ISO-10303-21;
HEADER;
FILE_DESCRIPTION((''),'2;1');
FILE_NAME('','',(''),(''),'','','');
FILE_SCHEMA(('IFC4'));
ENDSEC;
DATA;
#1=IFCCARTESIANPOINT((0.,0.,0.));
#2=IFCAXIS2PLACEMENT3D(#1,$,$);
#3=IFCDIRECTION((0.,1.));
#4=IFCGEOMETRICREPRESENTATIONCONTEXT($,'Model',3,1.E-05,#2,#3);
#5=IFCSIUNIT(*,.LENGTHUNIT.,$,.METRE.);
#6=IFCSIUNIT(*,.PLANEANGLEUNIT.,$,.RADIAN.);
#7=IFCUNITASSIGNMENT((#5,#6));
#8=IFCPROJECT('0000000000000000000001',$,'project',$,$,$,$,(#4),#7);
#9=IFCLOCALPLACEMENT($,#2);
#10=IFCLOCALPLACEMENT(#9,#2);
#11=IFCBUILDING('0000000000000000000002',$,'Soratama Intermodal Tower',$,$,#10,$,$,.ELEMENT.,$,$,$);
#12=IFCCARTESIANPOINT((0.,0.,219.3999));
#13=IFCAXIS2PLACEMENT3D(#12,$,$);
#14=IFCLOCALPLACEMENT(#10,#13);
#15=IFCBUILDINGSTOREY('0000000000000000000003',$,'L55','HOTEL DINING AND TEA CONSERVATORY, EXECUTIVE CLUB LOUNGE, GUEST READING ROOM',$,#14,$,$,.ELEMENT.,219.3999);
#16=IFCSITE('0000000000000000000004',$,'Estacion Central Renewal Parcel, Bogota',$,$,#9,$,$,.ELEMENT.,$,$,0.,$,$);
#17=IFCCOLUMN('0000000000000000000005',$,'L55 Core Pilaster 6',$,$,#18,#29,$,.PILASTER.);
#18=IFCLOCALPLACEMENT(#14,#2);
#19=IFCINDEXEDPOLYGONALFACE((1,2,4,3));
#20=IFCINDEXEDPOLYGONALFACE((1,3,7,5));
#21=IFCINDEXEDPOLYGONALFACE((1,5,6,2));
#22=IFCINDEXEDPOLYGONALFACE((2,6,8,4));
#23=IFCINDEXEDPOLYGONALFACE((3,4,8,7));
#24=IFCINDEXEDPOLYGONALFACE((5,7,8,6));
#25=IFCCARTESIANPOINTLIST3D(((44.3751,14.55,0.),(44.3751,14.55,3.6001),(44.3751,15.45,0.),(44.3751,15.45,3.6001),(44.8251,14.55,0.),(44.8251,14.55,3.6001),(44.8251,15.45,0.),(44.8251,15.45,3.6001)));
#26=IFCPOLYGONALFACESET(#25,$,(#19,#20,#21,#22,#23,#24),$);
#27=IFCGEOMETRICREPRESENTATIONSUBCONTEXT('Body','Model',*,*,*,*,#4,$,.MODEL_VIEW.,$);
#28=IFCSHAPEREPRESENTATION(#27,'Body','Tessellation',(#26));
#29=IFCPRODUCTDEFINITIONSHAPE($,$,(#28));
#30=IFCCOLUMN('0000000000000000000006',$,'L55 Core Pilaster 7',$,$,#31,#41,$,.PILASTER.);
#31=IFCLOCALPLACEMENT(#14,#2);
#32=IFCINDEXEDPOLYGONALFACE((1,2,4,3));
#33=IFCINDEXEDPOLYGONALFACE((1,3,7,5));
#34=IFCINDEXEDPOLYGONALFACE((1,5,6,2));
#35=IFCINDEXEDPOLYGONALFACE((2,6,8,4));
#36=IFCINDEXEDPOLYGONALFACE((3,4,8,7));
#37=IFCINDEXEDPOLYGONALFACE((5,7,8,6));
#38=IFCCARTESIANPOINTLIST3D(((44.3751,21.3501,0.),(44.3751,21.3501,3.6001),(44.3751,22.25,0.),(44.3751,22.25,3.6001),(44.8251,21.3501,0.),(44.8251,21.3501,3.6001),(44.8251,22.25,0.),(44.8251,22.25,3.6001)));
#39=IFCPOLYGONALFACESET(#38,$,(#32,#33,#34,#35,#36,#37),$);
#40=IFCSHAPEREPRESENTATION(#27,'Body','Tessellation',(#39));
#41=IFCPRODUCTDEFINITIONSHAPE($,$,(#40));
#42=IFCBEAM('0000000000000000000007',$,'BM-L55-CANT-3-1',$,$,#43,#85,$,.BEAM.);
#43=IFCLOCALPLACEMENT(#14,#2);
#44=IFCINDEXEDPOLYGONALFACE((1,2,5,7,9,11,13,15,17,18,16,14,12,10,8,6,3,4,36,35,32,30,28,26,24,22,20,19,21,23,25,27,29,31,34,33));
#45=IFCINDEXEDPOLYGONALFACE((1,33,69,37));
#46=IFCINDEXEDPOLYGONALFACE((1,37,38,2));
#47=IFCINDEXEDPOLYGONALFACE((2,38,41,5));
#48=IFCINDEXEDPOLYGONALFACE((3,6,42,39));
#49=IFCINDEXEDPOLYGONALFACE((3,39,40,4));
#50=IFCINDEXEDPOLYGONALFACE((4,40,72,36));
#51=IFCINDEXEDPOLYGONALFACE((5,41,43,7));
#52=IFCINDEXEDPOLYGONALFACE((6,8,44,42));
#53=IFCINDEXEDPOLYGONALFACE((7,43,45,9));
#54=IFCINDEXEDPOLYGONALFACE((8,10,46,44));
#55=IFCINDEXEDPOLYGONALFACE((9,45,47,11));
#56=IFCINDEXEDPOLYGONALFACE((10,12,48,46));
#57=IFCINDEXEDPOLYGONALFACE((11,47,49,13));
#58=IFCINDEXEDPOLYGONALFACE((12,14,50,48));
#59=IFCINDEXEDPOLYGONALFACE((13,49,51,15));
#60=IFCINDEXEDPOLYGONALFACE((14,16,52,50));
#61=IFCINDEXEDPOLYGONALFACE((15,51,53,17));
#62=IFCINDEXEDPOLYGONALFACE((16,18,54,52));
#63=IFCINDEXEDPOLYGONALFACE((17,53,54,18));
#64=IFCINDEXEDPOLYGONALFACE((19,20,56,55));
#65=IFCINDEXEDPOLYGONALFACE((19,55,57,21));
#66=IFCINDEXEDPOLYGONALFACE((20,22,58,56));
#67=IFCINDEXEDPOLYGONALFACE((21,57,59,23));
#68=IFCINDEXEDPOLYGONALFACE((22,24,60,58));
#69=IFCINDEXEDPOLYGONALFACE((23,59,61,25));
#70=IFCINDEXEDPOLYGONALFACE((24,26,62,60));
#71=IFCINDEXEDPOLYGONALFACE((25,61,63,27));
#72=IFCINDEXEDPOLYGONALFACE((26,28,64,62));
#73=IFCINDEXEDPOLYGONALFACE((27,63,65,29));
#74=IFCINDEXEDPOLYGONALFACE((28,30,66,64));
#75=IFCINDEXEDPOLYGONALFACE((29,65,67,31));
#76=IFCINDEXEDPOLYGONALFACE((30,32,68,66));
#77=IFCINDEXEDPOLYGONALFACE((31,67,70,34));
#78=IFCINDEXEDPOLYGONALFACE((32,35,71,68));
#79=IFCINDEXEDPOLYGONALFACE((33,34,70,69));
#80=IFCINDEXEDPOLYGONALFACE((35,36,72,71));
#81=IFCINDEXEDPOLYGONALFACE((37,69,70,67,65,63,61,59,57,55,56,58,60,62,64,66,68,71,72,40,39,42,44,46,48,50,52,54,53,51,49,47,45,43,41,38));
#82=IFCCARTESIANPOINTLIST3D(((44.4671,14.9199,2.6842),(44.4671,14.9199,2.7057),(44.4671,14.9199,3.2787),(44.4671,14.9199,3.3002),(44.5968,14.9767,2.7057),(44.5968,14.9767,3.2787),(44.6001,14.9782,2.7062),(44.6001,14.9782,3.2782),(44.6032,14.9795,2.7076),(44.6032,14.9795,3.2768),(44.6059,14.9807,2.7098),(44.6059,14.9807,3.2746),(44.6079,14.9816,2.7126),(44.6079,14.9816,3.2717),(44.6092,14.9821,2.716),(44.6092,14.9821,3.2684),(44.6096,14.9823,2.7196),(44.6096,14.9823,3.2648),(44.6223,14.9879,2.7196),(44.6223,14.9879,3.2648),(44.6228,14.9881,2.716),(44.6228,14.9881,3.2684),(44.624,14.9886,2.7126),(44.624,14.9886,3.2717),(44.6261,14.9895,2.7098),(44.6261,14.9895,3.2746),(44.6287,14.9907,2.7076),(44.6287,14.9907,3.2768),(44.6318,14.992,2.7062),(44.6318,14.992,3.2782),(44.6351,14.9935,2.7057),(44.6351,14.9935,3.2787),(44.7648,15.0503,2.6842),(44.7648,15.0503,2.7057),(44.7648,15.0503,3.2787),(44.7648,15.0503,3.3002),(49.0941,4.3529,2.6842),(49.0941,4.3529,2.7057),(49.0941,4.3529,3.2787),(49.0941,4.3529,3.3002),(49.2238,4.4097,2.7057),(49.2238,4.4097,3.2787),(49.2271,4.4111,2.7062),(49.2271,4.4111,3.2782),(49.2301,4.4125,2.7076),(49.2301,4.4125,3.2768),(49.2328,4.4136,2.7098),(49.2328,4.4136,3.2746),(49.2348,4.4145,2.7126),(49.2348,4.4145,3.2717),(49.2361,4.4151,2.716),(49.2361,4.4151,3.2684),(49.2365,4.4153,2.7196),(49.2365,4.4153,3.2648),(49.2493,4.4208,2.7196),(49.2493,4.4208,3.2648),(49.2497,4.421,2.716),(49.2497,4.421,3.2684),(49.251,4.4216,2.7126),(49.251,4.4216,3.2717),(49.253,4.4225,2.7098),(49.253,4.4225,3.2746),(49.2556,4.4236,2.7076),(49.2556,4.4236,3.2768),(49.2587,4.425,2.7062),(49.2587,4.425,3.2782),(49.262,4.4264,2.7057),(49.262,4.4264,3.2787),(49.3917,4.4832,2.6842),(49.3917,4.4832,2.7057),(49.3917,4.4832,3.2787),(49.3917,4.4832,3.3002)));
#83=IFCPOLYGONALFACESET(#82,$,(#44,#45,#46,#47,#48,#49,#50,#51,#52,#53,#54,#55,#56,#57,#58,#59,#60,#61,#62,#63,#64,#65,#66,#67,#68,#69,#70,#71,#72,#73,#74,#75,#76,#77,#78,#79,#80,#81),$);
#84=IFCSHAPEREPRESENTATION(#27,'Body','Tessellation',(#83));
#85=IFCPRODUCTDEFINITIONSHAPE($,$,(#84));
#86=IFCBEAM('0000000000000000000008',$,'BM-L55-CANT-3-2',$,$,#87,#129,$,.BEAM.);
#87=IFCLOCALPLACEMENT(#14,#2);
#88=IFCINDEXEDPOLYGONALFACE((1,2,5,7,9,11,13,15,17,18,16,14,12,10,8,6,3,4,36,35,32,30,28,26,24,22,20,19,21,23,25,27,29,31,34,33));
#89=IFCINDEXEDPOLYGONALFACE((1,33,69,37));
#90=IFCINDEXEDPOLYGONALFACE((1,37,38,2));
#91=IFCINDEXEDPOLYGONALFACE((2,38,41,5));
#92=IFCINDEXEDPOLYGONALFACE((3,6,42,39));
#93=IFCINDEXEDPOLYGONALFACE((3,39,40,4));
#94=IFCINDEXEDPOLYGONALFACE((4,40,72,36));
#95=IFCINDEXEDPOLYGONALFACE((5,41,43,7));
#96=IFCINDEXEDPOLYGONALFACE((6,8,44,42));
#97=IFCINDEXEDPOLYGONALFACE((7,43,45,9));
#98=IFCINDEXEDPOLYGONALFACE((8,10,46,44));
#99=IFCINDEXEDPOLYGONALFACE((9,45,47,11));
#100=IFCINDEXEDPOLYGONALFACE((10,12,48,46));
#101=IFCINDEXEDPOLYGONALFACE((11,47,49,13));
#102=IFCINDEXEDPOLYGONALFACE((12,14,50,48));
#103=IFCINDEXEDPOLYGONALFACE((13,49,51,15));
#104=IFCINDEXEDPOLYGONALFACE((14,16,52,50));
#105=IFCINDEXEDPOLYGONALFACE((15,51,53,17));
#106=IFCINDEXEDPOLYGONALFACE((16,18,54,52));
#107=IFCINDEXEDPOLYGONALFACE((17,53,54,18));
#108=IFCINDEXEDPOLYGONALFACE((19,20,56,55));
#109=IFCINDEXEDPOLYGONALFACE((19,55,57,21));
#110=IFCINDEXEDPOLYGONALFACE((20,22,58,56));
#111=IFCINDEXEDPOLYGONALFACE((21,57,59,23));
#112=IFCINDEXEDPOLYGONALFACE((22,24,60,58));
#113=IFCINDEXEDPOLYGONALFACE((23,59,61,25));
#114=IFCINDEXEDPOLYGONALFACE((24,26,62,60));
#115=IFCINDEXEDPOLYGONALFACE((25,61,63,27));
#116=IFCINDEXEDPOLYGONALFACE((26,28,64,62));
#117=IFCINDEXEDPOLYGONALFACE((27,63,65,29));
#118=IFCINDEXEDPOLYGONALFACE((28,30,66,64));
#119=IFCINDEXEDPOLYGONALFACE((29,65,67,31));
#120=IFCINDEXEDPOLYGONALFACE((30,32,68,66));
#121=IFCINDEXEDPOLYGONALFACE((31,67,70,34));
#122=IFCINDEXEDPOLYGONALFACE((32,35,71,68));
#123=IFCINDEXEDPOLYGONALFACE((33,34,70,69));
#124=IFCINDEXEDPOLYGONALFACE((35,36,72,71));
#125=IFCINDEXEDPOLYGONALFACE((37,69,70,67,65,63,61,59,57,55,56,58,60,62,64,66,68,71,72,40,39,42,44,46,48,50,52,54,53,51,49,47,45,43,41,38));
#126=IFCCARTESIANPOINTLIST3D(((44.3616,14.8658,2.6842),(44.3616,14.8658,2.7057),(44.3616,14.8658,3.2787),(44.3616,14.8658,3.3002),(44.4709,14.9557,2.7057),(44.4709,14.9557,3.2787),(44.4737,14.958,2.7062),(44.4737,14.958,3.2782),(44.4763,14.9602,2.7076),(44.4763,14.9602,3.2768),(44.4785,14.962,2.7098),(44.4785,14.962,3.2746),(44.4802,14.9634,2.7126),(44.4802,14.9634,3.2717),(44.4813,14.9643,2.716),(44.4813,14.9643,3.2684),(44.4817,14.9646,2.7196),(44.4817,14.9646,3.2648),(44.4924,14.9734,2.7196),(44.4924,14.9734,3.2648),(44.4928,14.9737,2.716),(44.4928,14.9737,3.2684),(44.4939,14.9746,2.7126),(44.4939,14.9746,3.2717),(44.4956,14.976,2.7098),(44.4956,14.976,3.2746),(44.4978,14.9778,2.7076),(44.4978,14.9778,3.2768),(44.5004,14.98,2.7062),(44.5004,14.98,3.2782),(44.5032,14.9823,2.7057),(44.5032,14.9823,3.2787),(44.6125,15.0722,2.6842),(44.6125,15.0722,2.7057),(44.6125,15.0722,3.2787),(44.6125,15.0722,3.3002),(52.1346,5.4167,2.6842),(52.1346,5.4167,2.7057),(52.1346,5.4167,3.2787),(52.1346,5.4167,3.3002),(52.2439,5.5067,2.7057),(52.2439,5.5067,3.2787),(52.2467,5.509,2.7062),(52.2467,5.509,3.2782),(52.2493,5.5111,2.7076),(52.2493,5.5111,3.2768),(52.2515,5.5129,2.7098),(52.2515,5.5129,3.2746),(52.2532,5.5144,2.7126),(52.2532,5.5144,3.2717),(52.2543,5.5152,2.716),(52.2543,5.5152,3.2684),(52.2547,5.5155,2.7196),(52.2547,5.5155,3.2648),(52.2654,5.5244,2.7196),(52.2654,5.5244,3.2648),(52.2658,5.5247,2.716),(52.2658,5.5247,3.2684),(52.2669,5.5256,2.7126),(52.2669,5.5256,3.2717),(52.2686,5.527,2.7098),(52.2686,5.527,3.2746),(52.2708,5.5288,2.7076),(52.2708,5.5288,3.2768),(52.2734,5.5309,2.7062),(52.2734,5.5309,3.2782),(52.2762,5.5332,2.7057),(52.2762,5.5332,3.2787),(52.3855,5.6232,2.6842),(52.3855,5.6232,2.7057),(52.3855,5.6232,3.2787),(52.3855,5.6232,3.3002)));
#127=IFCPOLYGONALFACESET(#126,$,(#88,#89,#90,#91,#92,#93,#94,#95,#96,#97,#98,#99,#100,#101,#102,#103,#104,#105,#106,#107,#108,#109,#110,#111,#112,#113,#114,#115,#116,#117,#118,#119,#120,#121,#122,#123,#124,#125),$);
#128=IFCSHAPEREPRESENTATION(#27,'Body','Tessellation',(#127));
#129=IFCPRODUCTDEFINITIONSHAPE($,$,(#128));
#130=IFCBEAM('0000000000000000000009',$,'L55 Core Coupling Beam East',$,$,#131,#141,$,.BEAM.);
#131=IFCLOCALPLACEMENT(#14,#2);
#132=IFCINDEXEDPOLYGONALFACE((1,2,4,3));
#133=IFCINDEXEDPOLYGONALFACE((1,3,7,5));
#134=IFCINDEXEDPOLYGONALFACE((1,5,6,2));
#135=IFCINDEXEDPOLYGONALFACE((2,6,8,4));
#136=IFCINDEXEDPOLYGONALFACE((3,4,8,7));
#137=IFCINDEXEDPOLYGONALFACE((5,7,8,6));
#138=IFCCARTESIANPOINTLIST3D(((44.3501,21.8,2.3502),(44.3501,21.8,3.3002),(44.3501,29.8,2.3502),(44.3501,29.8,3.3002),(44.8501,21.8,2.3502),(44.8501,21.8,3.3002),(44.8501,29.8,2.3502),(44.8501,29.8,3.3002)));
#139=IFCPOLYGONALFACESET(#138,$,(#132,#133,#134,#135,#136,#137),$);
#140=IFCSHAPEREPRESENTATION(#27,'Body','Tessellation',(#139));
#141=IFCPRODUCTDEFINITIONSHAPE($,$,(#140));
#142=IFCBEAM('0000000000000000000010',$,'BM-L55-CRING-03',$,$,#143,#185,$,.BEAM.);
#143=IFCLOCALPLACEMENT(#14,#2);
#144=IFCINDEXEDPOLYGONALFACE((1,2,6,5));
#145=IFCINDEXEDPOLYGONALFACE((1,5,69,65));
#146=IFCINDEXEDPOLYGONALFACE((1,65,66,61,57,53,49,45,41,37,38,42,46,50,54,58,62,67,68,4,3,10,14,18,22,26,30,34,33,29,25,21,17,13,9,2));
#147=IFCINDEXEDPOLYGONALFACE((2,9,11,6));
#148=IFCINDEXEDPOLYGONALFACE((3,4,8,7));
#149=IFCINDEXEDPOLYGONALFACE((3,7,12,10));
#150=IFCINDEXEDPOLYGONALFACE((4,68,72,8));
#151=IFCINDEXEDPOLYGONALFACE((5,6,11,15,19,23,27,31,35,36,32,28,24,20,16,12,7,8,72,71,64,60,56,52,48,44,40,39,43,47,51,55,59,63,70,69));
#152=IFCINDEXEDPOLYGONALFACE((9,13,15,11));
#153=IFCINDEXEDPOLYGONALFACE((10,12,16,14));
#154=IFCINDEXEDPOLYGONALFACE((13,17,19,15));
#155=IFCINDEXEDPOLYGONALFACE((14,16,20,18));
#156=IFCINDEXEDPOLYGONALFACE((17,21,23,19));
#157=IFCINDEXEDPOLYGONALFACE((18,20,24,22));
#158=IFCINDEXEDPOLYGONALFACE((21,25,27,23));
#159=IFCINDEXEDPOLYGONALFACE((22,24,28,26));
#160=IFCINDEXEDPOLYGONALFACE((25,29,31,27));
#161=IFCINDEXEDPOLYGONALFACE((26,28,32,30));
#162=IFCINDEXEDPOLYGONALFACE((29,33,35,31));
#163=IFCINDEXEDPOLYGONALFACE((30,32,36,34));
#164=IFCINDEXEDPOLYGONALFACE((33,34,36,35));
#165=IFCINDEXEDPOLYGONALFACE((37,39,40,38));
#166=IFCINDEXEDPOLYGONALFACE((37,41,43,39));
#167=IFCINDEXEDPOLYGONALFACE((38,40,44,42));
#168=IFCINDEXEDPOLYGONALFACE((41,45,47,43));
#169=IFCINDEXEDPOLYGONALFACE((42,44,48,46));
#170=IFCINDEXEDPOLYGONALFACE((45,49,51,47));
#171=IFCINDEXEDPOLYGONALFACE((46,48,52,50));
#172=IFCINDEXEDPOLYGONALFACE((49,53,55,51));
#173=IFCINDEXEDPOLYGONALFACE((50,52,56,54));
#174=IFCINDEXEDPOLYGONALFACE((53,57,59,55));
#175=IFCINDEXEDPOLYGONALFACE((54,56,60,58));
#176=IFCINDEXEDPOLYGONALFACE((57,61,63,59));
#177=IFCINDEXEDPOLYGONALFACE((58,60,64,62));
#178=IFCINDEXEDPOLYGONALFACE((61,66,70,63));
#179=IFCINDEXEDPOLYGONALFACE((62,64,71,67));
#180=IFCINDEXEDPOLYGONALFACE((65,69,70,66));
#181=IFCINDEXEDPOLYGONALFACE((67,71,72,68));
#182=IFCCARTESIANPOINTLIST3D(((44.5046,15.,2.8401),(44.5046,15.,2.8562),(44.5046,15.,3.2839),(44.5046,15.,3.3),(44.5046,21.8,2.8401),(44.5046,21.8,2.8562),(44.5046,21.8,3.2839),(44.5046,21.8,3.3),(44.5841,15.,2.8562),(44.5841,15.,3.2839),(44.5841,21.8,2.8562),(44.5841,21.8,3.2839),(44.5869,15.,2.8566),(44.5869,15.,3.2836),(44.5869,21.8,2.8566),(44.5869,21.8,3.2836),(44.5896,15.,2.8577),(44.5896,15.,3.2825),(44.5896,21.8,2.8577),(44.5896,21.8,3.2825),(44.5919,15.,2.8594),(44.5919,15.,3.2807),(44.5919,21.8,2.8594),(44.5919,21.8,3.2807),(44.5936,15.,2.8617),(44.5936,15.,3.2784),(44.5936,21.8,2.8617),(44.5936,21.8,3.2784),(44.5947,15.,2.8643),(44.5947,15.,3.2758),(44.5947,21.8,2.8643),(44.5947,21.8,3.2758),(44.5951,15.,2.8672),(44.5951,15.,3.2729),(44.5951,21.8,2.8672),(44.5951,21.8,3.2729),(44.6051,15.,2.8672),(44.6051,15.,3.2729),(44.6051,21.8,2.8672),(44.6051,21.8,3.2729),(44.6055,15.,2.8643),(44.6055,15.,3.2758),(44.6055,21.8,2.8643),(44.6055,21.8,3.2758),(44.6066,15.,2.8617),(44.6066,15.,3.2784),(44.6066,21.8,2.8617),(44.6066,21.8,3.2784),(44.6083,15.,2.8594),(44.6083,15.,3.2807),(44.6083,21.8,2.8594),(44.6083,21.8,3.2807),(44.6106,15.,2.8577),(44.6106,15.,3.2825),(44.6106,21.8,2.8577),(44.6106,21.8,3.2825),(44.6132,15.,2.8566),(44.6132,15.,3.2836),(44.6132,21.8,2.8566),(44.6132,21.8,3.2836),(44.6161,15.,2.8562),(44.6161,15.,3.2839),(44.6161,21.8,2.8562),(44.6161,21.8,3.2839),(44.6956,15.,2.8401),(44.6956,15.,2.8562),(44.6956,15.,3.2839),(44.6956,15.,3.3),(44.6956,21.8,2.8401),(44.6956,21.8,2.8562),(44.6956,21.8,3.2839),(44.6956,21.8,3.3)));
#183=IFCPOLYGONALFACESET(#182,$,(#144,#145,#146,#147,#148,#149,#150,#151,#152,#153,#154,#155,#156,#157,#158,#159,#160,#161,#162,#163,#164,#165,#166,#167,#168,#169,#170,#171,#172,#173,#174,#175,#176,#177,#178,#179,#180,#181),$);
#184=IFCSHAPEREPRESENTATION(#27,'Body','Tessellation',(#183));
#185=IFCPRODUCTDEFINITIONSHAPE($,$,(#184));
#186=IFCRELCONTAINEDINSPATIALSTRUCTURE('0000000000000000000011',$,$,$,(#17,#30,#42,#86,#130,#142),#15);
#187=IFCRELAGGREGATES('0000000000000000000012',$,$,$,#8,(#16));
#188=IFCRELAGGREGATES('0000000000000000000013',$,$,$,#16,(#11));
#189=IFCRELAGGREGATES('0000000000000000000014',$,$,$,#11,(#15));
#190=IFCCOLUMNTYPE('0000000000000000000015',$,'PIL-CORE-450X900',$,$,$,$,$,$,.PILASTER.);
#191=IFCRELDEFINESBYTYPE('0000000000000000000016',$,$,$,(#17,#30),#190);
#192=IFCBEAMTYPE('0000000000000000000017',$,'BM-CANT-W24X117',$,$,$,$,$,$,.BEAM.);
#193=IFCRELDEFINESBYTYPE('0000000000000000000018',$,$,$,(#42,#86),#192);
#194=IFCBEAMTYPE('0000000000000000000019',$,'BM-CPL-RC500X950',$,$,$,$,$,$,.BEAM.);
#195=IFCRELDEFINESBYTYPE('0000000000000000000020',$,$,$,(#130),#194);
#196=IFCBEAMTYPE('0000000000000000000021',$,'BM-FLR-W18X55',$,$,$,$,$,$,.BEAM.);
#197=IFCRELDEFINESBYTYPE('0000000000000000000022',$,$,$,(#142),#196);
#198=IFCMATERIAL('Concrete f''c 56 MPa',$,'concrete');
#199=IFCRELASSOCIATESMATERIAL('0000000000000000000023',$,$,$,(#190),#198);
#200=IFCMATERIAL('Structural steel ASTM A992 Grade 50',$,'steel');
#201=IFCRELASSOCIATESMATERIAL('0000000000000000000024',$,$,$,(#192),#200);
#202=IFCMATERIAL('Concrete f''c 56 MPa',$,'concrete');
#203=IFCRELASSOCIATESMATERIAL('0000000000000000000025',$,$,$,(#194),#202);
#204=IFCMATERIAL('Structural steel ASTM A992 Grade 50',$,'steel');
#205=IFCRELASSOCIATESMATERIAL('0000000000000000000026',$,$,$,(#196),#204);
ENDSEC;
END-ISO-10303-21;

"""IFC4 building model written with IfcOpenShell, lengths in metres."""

from ifc_helpers import new_model, si_unit, direction, frame, origin, origin_2d, place, context, subcontext, project, spatial, rectangle, i_section, extrude, material, material_profile, profile_set, type_object, element, save


model = new_model("IFC4")

# Units and contexts
model_context = context("Model", 3, precision=1e-05, world=origin(), true_north=direction((0.0, 1.0)))
body_context = subcontext(model_context, "Body", "Model", "MODEL_VIEW")
ifc_project = project(units=[si_unit("LENGTHUNIT", "METRE"), si_unit("PLANEANGLEUNIT", "RADIAN")], contexts=[model_context])

# Site, building, storey
site_placement = place(None, origin())
site = spatial("IfcSite", under=ifc_project, at=site_placement, Name="Estacion Central Renewal Parcel, Bogota", CompositionType="ELEMENT", RefElevation=0.0)
building_placement = place(site_placement, origin())
building = spatial("IfcBuilding", under=site, at=building_placement, Name="Soratama Intermodal Tower", CompositionType="ELEMENT")
storey_placement = place(building_placement, frame((0.0, 0.0, 219.3999)))
storey = spatial("IfcBuildingStorey", under=building, at=storey_placement, Name="L55", Description="HOTEL DINING AND TEA CONSERVATORY, EXECUTIVE CLUB LOUNGE, GUEST READING ROOM", CompositionType="ELEMENT", Elevation=219.3999)

# Columns
ifc_material_1 = material(Name="Concrete f'c 56 MPa", Category="concrete")
ifc_material_profile_1 = material_profile(ifc_material_1, rectangle(XDim=0.45, YDim=0.8999, at=origin_2d()), Name="RC450X900")
ifc_profile_set_1 = profile_set([ifc_material_profile_1], Name="Concrete f'c 56 MPa")
column_type = type_object("IfcColumnType", Name="PIL-CORE-450X900", PredefinedType="PILASTER", material=ifc_profile_set_1)
for number, where, z_axis, x_axis, name in (
    (1, (44.6001, 15.0, 0.0), (0.0, 0.0, 1.0), (1.0, 0.0, 0.0), "L55 Core Pilaster 6"),
    (2, (44.6001, 21.8, 0.0), (0.0, 0.0, 1.0), (1.0, 0.0, 0.0), "L55 Core Pilaster 7"),
):
    element("IfcColumn", number, at=place(storey_placement, frame(where, z_axis=z_axis, x_axis=x_axis)), inside=storey, type_object=column_type, Name=name, PredefinedType="PILASTER", context=body_context, shape_type="SweptSolid", body=[
        extrude(rectangle(XDim=0.45, YDim=0.8999, at=origin_2d()), origin(), (0.0, 0.0, 1.0), 3.6001),
    ])

# Beams
ifc_material_2 = material(Name="Structural steel ASTM A992 Grade 50", Category="steel")
ifc_material_profile_2 = material_profile(ifc_material_2, i_section(OverallWidth=0.325, OverallDepth=0.616, WebThickness=0.0139, FlangeThickness=0.0215, FilletRadius=0.0139, at=origin_2d()), Name="W24X117")
ifc_profile_set_2 = profile_set([ifc_material_profile_2], Name="Structural steel ASTM A992 Grade 50")
beam_type_1 = type_object("IfcBeamType", Name="BM-CANT-W24X117", PredefinedType="BEAM", material=ifc_profile_set_2)
beam_1_placement = place(storey_placement, frame((44.616, 14.9851, 2.9922), z_axis=(0.401097, -0.916035, 0.0), x_axis=(0.916035, 0.401097, 0.0)))
element("IfcBeam", 3, at=beam_1_placement, inside=storey, type_object=beam_type_1, Name="BM-L55-CANT-3-1", PredefinedType="BEAM", context=body_context, shape_type="SweptSolid", body=[
    extrude(i_section(OverallWidth=0.325, OverallDepth=0.616, WebThickness=0.0139, FlangeThickness=0.0215, FilletRadius=0.0139, at=origin_2d()), origin(), (0.0, 0.0, 1.0), 11.5356),
])
beam_2_placement = place(storey_placement, frame((44.4871, 14.969, 2.9922), z_axis=(0.63529, -0.772273, 0.0), x_axis=(0.772273, 0.63529, 0.0)))
element("IfcBeam", 4, at=beam_2_placement, inside=storey, type_object=beam_type_1, Name="BM-L55-CANT-3-2", PredefinedType="BEAM", context=body_context, shape_type="SweptSolid", body=[
    extrude(i_section(OverallWidth=0.325, OverallDepth=0.616, WebThickness=0.0139, FlangeThickness=0.0215, FilletRadius=0.0139, at=origin_2d()), origin(), (0.0, 0.0, 1.0), 12.2354),
])
ifc_material_3 = material(Name="Concrete f'c 56 MPa", Category="concrete")
ifc_material_profile_3 = material_profile(ifc_material_3, rectangle(XDim=0.5, YDim=0.95, at=origin_2d()), Name="RC500X950")
ifc_profile_set_3 = profile_set([ifc_material_profile_3], Name="Concrete f'c 56 MPa")
beam_type_2 = type_object("IfcBeamType", Name="BM-CPL-RC500X950", PredefinedType="BEAM", material=ifc_profile_set_3)
beam_3_placement = place(storey_placement, frame((44.6001, 21.8, 2.8252), z_axis=(0.0, 1.0, 0.0), x_axis=(-1.0, 0.0, 0.0)))
element("IfcBeam", 5, at=beam_3_placement, inside=storey, type_object=beam_type_2, Name="L55 Core Coupling Beam East", PredefinedType="BEAM", context=body_context, shape_type="SweptSolid", body=[
    extrude(rectangle(XDim=0.5, YDim=0.95, at=origin_2d()), origin(), (0.0, 0.0, 1.0), 8.0),
])
ifc_material_4 = material(Name="Structural steel ASTM A992 Grade 50", Category="steel")
ifc_material_profile_4 = material_profile(ifc_material_4, i_section(OverallWidth=0.1909, OverallDepth=0.46, WebThickness=0.01, FlangeThickness=0.0161, FilletRadius=0.011, at=origin_2d()), Name="W18X55")
ifc_profile_set_4 = profile_set([ifc_material_profile_4], Name="Structural steel ASTM A992 Grade 50")
beam_type_3 = type_object("IfcBeamType", Name="BM-FLR-W18X55", PredefinedType="BEAM", material=ifc_profile_set_4)
beam_4_placement = place(storey_placement, frame((44.6001, 15.0, 3.0701), z_axis=(0.0, 1.0, 0.0), x_axis=(-1.0, 0.0, 0.0)))
element("IfcBeam", 6, at=beam_4_placement, inside=storey, type_object=beam_type_3, Name="BM-L55-CRING-03", PredefinedType="BEAM", context=body_context, shape_type="SweptSolid", body=[
    extrude(i_section(OverallWidth=0.1909, OverallDepth=0.46, WebThickness=0.01, FlangeThickness=0.0161, FilletRadius=0.011, at=origin_2d()), origin(), (0.0, 0.0, 1.0), 6.8),
])

save(model, "model.ifc")
